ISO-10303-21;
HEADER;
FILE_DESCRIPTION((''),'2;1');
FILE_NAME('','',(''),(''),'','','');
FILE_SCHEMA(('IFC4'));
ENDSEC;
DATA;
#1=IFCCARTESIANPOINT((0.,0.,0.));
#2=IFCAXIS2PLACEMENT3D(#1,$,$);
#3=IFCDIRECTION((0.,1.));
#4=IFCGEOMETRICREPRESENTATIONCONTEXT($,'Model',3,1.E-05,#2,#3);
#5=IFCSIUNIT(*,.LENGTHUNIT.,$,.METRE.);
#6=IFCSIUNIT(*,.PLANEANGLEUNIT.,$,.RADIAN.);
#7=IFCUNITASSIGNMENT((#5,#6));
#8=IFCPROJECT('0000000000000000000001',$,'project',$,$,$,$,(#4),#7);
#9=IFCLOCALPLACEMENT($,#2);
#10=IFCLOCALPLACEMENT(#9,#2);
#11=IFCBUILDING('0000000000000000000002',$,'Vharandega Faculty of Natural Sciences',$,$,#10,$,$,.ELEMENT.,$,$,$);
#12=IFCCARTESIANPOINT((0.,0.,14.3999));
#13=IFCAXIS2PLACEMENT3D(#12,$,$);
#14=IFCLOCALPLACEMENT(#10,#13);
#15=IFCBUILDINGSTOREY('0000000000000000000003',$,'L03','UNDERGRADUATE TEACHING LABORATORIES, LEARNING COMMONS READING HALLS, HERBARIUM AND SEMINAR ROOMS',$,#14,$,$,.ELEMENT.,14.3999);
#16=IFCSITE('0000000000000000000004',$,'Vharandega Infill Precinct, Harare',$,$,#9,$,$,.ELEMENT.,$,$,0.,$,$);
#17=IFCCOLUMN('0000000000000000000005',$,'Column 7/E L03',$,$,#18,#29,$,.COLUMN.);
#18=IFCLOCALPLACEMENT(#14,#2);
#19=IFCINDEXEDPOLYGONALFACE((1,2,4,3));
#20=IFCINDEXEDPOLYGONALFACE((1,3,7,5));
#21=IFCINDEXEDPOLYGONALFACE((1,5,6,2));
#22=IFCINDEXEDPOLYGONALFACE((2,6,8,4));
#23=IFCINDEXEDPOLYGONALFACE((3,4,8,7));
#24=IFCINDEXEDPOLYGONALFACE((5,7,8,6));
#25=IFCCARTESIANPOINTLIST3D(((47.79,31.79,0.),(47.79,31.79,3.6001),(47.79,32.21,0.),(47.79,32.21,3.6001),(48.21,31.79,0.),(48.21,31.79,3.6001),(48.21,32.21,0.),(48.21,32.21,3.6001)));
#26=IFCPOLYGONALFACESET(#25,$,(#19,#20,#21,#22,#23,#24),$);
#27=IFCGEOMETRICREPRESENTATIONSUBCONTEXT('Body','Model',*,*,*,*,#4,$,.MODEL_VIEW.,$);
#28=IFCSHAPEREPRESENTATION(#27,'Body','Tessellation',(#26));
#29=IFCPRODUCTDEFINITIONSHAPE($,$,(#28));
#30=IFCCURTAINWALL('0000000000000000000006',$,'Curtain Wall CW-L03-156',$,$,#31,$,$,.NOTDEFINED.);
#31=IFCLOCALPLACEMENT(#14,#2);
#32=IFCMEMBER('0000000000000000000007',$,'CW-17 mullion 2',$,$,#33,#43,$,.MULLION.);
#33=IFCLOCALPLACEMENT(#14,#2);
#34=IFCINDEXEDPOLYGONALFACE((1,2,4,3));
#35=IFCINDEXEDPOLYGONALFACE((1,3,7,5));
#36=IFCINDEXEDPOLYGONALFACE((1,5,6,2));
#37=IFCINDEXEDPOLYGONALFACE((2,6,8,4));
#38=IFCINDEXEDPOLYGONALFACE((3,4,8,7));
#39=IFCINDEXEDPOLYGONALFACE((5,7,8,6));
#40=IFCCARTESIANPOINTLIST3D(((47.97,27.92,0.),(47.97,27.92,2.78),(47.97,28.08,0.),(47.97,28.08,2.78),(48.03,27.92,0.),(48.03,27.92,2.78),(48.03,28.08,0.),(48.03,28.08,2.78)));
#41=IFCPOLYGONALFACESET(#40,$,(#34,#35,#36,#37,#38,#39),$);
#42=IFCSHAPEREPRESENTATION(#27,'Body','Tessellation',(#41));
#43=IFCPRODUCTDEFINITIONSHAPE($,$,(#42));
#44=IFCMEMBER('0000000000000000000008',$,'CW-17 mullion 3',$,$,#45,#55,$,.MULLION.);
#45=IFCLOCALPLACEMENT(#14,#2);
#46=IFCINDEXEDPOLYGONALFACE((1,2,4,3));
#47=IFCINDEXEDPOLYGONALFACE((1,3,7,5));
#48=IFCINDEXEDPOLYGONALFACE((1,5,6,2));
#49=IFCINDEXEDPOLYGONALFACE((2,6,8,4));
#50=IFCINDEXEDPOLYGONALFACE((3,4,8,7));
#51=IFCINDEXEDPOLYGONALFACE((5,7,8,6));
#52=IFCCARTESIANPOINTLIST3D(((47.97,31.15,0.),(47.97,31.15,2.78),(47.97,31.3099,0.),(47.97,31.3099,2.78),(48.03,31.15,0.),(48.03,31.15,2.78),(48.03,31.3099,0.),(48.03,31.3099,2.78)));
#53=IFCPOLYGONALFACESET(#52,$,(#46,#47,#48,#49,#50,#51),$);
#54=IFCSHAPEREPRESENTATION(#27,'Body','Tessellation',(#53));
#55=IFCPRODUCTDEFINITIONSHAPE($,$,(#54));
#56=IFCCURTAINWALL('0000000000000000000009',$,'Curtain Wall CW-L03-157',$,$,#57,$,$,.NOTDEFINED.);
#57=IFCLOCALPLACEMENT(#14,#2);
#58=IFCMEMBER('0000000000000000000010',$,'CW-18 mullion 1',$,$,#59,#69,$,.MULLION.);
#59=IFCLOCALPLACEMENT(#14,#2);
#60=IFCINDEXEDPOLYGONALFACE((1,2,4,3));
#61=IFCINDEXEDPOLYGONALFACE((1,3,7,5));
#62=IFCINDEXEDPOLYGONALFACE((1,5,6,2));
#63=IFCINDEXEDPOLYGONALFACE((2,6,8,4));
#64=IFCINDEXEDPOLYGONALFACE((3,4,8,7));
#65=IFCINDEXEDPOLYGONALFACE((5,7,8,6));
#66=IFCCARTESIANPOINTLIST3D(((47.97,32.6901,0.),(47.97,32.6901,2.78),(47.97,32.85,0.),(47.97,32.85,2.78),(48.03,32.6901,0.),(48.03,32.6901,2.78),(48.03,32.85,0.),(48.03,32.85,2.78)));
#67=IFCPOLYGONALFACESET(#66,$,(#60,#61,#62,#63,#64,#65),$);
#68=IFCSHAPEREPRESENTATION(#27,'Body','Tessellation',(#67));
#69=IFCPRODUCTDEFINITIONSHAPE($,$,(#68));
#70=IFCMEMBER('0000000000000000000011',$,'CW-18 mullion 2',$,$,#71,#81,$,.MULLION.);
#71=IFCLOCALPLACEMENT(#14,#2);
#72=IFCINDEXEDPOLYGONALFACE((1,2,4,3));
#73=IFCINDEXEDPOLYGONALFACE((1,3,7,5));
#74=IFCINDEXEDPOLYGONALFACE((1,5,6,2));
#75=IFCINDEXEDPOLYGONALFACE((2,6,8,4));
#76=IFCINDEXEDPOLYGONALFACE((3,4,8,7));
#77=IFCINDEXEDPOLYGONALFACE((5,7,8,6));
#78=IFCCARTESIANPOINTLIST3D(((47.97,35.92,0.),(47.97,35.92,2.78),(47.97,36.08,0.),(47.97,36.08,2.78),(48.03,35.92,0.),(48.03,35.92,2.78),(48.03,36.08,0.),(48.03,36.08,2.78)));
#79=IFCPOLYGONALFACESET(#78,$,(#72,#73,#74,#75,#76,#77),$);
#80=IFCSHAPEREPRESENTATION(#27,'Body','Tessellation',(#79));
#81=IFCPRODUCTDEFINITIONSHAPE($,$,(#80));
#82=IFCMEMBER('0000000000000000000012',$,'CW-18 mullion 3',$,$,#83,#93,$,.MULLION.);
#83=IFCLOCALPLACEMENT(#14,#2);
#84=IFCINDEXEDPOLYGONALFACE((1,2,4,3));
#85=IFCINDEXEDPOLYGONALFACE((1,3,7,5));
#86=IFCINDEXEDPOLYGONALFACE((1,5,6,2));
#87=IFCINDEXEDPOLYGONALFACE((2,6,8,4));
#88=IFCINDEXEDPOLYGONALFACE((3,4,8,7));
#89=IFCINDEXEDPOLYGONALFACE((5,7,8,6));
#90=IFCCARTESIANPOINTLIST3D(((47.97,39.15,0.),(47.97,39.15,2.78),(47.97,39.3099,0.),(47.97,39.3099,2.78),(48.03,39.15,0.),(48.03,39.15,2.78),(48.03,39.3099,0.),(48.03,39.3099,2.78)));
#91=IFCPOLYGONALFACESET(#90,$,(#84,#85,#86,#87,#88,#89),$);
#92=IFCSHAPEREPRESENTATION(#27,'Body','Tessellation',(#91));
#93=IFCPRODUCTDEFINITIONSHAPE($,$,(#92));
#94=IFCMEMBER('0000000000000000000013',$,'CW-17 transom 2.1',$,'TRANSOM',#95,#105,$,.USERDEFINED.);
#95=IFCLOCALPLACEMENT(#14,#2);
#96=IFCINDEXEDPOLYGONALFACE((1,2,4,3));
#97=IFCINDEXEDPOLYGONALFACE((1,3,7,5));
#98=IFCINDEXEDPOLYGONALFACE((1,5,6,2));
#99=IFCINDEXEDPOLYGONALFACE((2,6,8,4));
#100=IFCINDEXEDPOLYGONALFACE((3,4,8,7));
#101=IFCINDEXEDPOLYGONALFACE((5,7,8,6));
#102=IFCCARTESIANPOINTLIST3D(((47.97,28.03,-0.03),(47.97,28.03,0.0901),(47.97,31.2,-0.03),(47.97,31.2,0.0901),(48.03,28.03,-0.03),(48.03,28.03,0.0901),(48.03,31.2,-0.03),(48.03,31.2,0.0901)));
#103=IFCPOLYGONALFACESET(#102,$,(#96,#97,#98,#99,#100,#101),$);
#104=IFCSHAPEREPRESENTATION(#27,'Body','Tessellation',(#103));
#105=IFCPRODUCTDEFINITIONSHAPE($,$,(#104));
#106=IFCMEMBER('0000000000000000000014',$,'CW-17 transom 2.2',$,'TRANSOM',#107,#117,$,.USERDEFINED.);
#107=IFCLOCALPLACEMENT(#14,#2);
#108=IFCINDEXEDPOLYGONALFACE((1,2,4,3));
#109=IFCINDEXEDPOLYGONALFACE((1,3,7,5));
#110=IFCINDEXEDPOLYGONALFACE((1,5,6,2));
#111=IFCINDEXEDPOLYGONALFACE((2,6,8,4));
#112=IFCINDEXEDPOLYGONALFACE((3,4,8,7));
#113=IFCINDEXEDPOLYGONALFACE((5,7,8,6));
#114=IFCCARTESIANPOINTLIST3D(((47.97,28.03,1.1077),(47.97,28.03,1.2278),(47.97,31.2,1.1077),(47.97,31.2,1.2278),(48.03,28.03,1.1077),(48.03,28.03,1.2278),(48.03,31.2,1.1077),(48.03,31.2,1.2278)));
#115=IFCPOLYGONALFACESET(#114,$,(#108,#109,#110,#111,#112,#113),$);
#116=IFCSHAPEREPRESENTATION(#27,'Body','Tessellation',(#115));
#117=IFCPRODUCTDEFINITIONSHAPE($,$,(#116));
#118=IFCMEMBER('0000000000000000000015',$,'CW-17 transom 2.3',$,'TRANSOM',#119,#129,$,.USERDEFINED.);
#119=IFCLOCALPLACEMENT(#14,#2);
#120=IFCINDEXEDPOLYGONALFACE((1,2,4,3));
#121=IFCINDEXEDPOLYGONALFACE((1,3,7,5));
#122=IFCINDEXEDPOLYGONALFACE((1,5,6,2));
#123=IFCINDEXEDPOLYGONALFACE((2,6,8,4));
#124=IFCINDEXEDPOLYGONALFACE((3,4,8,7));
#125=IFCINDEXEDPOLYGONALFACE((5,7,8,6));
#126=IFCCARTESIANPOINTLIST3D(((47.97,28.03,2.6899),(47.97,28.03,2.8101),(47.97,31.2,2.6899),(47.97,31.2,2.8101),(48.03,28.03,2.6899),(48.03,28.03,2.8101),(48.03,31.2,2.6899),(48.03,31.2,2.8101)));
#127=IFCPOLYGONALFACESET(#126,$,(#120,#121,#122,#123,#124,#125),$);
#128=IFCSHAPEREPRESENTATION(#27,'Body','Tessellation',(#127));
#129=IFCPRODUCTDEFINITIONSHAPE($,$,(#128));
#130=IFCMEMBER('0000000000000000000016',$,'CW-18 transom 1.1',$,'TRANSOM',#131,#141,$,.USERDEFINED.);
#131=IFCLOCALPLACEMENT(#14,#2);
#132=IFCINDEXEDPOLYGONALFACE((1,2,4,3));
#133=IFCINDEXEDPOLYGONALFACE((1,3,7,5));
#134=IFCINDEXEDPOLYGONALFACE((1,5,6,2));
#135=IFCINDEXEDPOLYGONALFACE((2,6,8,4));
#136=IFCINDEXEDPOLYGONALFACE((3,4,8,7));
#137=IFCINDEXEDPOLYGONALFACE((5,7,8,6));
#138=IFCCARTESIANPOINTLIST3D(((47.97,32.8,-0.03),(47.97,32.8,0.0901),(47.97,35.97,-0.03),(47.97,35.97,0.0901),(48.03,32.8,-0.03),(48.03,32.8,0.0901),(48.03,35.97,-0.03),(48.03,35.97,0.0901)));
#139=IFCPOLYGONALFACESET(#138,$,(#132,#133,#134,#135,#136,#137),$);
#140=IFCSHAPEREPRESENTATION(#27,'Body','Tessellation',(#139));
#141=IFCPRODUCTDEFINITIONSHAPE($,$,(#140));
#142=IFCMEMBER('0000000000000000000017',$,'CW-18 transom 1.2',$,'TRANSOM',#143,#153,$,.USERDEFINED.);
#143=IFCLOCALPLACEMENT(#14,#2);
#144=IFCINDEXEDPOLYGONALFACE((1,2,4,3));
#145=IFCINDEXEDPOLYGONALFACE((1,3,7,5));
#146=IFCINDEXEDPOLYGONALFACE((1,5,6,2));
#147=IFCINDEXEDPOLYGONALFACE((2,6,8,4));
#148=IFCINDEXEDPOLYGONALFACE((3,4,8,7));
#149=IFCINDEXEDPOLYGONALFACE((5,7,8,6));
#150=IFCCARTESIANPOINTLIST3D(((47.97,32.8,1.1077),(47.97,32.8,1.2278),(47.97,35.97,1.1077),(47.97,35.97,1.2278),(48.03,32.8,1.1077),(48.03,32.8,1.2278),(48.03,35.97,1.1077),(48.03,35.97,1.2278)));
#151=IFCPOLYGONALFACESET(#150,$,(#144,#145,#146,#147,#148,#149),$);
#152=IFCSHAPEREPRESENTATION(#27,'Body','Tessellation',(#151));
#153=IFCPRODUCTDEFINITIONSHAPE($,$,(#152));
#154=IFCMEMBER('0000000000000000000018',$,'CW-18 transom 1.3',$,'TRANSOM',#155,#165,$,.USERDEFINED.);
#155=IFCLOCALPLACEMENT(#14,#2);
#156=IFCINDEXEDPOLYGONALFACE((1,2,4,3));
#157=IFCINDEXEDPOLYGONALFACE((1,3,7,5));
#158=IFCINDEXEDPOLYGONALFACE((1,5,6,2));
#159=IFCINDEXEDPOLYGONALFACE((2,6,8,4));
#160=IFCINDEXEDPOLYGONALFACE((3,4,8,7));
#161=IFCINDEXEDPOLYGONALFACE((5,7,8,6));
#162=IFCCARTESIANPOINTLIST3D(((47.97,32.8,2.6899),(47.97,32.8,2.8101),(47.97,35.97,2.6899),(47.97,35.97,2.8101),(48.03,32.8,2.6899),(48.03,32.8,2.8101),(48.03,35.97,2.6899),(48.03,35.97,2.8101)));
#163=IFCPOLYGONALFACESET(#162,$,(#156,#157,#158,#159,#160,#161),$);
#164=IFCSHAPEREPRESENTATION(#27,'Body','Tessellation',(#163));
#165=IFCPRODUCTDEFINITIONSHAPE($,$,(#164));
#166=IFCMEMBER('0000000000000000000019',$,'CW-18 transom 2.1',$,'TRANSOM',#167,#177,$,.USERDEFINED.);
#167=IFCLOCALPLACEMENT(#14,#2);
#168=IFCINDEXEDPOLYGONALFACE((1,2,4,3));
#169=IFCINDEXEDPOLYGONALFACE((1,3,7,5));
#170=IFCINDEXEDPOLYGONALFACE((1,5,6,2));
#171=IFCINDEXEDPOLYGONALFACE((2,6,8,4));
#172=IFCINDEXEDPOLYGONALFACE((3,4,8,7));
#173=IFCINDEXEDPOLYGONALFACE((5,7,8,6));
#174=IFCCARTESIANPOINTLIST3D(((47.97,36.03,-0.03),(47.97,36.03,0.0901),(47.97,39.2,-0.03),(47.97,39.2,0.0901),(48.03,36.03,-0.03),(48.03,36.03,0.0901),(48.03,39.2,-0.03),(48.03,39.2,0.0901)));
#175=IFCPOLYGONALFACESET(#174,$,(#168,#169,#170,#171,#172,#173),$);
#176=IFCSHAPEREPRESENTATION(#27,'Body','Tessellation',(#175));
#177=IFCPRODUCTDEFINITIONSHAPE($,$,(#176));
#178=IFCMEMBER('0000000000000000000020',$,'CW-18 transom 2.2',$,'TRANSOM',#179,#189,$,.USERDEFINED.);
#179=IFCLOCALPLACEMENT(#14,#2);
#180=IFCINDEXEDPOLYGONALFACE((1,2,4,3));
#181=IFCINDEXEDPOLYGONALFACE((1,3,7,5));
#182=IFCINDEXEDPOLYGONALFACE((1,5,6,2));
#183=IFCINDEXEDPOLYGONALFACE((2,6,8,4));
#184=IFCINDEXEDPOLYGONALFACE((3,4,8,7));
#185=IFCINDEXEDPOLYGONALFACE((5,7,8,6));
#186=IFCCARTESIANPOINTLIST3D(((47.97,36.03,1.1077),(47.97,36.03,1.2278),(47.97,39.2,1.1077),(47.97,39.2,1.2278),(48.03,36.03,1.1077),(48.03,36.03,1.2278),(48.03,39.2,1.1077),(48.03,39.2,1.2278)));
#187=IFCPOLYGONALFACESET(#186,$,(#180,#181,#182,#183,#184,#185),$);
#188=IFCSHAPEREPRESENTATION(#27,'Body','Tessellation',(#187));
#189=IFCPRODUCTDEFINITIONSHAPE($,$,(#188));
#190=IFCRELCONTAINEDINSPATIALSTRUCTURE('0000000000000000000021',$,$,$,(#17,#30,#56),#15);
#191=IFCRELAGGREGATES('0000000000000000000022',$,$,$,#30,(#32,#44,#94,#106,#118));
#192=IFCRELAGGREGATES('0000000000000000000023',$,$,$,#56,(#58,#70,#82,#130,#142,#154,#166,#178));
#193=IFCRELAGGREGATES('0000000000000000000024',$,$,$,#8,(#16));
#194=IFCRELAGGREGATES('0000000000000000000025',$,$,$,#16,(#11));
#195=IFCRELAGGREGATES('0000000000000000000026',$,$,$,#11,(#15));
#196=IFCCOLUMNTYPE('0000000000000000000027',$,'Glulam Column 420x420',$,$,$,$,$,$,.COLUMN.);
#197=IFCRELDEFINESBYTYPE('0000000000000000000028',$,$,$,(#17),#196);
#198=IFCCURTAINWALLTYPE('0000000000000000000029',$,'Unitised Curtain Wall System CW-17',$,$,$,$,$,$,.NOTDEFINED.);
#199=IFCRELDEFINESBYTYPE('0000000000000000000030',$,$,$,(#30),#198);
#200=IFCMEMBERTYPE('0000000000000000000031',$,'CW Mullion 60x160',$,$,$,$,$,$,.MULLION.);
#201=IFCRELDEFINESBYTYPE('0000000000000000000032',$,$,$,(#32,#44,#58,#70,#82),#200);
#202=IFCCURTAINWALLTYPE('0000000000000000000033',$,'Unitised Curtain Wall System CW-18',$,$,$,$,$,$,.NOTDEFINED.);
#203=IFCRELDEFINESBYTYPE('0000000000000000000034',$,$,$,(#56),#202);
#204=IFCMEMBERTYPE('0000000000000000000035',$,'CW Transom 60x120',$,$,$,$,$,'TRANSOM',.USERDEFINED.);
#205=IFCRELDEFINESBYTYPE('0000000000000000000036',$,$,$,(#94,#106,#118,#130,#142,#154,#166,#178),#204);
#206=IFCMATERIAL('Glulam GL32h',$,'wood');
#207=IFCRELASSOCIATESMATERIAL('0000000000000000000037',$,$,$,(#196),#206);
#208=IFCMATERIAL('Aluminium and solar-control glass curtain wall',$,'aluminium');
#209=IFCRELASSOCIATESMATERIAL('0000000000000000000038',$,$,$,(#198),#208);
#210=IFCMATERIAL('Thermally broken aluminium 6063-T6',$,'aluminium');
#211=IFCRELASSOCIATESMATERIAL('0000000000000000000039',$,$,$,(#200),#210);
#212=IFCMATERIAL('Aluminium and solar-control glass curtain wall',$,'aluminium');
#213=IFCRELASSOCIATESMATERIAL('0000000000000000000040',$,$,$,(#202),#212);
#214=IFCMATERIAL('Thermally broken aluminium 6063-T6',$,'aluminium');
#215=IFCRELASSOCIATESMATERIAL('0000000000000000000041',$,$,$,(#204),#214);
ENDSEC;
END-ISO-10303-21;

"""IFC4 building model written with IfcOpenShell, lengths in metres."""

from ifc_helpers import new_model, si_unit, direction, frame, origin, origin_2d, place, context, subcontext, project, spatial, rectangle, extrude, material, material_profile, profile_set, type_object, element, aggregate, save


model = new_model("IFC4")

# Units and contexts
model_context = context("Model", 3, precision=1e-05, world=origin(), true_north=direction((0.0, 1.0)))
body_context = subcontext(model_context, "Body", "Model", "MODEL_VIEW")
ifc_project = project(units=[si_unit("LENGTHUNIT", "METRE"), si_unit("PLANEANGLEUNIT", "RADIAN")], contexts=[model_context])

# Site, building, storey
site_placement = place(None, origin())
site = spatial("IfcSite", under=ifc_project, at=site_placement, Name="Vharandega Infill Precinct, Harare", CompositionType="ELEMENT", RefElevation=0.0)
building_placement = place(site_placement, origin())
building = spatial("IfcBuilding", under=site, at=building_placement, Name="Vharandega Faculty of Natural Sciences", CompositionType="ELEMENT")
storey_placement = place(building_placement, frame((0.0, 0.0, 14.3999)))
storey = spatial("IfcBuildingStorey", under=building, at=storey_placement, Name="L03", Description="UNDERGRADUATE TEACHING LABORATORIES, LEARNING COMMONS READING HALLS, HERBARIUM AND SEMINAR ROOMS", CompositionType="ELEMENT", Elevation=14.3999)

# Column
ifc_material_1 = material(Name="Glulam GL32h", Category="wood")
ifc_material_profile_1 = material_profile(ifc_material_1, rectangle(XDim=0.4199, YDim=0.4199, at=origin_2d()), Name="GL32h 420x420")
ifc_profile_set_1 = profile_set([ifc_material_profile_1], Name="Glulam GL32h")
column_type = type_object("IfcColumnType", Name="Glulam Column 420x420", PredefinedType="COLUMN", material=ifc_profile_set_1)
column_placement = place(storey_placement, frame((48.0, 32.0, 0.0), z_axis=(0.0, 0.0, 1.0), x_axis=(1.0, 0.0, 0.0)))
element("IfcColumn", 1, at=column_placement, inside=storey, type_object=column_type, Name="Column 7/E L03", PredefinedType="COLUMN", context=body_context, shape_type="SweptSolid", body=[
    extrude(rectangle(XDim=0.4199, YDim=0.4199, at=origin_2d()), origin(), (0.0, 0.0, 1.0), 3.6001),
])

# Curtain walls, members
ifc_material_2 = material(Name="Aluminium and solar-control glass curtain wall", Category="aluminium")
curtain_wall_type_1 = type_object("IfcCurtainWallType", Name="Unitised Curtain Wall System CW-17", PredefinedType="NOTDEFINED", material=ifc_material_2)
curtain_wall_1_placement = place(storey_placement, origin())
curtain_wall_1 = element("IfcCurtainWall", 2, at=curtain_wall_1_placement, inside=storey, type_object=curtain_wall_type_1, Name="Curtain Wall CW-L03-156", PredefinedType="NOTDEFINED")
ifc_material_3 = material(Name="Thermally broken aluminium 6063-T6", Category="aluminium")
ifc_material_profile_2 = material_profile(ifc_material_3, rectangle(XDim=0.0601, YDim=0.1599, at=origin_2d()), Name="ALU 60x160")
ifc_profile_set_2 = profile_set([ifc_material_profile_2], Name="Thermally broken aluminium 6063-T6")
member_type_1 = type_object("IfcMemberType", Name="CW Mullion 60x160", PredefinedType="MULLION", material=ifc_profile_set_2)
member_1_placement = place(storey_placement, frame((48.0, 28.0, 0.0), z_axis=(0.0, 0.0, 1.0), x_axis=(-1.0, 0.0, 0.0)))
member_1 = element("IfcMember", 3, at=member_1_placement, type_object=member_type_1, Name="CW-17 mullion 2", PredefinedType="MULLION", context=body_context, shape_type="SweptSolid", body=[
    extrude(rectangle(XDim=0.0601, YDim=0.1599, at=origin_2d()), origin(), (0.0, 0.0, 1.0), 2.78),
])
member_2_placement = place(storey_placement, frame((48.0, 31.23, 0.0), z_axis=(0.0, 0.0, 1.0), x_axis=(-1.0, 0.0, 0.0)))
member_2 = element("IfcMember", 4, at=member_2_placement, type_object=member_type_1, Name="CW-17 mullion 3", PredefinedType="MULLION", context=body_context, shape_type="SweptSolid", body=[
    extrude(rectangle(XDim=0.0601, YDim=0.1599, at=origin_2d()), origin(), (0.0, 0.0, 1.0), 2.78),
])
ifc_material_4 = material(Name="Aluminium and solar-control glass curtain wall", Category="aluminium")
curtain_wall_type_2 = type_object("IfcCurtainWallType", Name="Unitised Curtain Wall System CW-18", PredefinedType="NOTDEFINED", material=ifc_material_4)
curtain_wall_2_placement = place(storey_placement, origin())
curtain_wall_2 = element("IfcCurtainWall", 5, at=curtain_wall_2_placement, inside=storey, type_object=curtain_wall_type_2, Name="Curtain Wall CW-L03-157", PredefinedType="NOTDEFINED")
member_3_placement = place(storey_placement, frame((48.0, 32.77, 0.0), z_axis=(0.0, 0.0, 1.0), x_axis=(-1.0, 0.0, 0.0)))
member_3 = element("IfcMember", 6, at=member_3_placement, type_object=member_type_1, Name="CW-18 mullion 1", PredefinedType="MULLION", context=body_context, shape_type="SweptSolid", body=[
    extrude(rectangle(XDim=0.0601, YDim=0.1599, at=origin_2d()), origin(), (0.0, 0.0, 1.0), 2.78),
])
member_4_placement = place(storey_placement, frame((48.0, 36.0, 0.0), z_axis=(0.0, 0.0, 1.0), x_axis=(-1.0, 0.0, 0.0)))
member_4 = element("IfcMember", 7, at=member_4_placement, type_object=member_type_1, Name="CW-18 mullion 2", PredefinedType="MULLION", context=body_context, shape_type="SweptSolid", body=[
    extrude(rectangle(XDim=0.0601, YDim=0.1599, at=origin_2d()), origin(), (0.0, 0.0, 1.0), 2.78),
])
member_5_placement = place(storey_placement, frame((48.0, 39.23, 0.0), z_axis=(0.0, 0.0, 1.0), x_axis=(-1.0, 0.0, 0.0)))
member_5 = element("IfcMember", 8, at=member_5_placement, type_object=member_type_1, Name="CW-18 mullion 3", PredefinedType="MULLION", context=body_context, shape_type="SweptSolid", body=[
    extrude(rectangle(XDim=0.0601, YDim=0.1599, at=origin_2d()), origin(), (0.0, 0.0, 1.0), 2.78),
])

# Members
ifc_material_5 = material(Name="Thermally broken aluminium 6063-T6", Category="aluminium")
ifc_material_profile_3 = material_profile(ifc_material_5, rectangle(XDim=0.0601, YDim=0.1201, at=origin_2d()), Name="ALU 60x120")
ifc_profile_set_3 = profile_set([ifc_material_profile_3], Name="Thermally broken aluminium 6063-T6")
member_type_2 = type_object("IfcMemberType", Name="CW Transom 60x120", ElementType="TRANSOM", PredefinedType="USERDEFINED", material=ifc_profile_set_3)
member_6_placement = place(storey_placement, frame((48.0, 28.03, 0.03), z_axis=(0.0, 1.0, 0.0), x_axis=(-1.0, 0.0, 0.0)))
member_6 = element("IfcMember", 9, at=member_6_placement, type_object=member_type_2, Name="CW-17 transom 2.1", ObjectType="TRANSOM", PredefinedType="USERDEFINED", context=body_context, shape_type="SweptSolid", body=[
    extrude(rectangle(XDim=0.0601, YDim=0.1201, at=origin_2d()), origin(), (0.0, 0.0, 1.0), 3.1699),
])
member_7_placement = place(storey_placement, frame((48.0, 28.03, 1.1677), z_axis=(0.0, 1.0, 0.0), x_axis=(-1.0, 0.0, 0.0)))
member_7 = element("IfcMember", 10, at=member_7_placement, type_object=member_type_2, Name="CW-17 transom 2.2", ObjectType="TRANSOM", PredefinedType="USERDEFINED", context=body_context, shape_type="SweptSolid", body=[
    extrude(rectangle(XDim=0.0601, YDim=0.1201, at=origin_2d()), origin(), (0.0, 0.0, 1.0), 3.1699),
])
member_8_placement = place(storey_placement, frame((48.0, 28.03, 2.75), z_axis=(0.0, 1.0, 0.0), x_axis=(-1.0, 0.0, 0.0)))
member_8 = element("IfcMember", 11, at=member_8_placement, type_object=member_type_2, Name="CW-17 transom 2.3", ObjectType="TRANSOM", PredefinedType="USERDEFINED", context=body_context, shape_type="SweptSolid", body=[
    extrude(rectangle(XDim=0.0601, YDim=0.1201, at=origin_2d()), origin(), (0.0, 0.0, 1.0), 3.1699),
])
member_9_placement = place(storey_placement, frame((48.0, 32.8, 0.03), z_axis=(0.0, 1.0, 0.0), x_axis=(-1.0, 0.0, 0.0)))
member_9 = element("IfcMember", 12, at=member_9_placement, type_object=member_type_2, Name="CW-18 transom 1.1", ObjectType="TRANSOM", PredefinedType="USERDEFINED", context=body_context, shape_type="SweptSolid", body=[
    extrude(rectangle(XDim=0.0601, YDim=0.1201, at=origin_2d()), origin(), (0.0, 0.0, 1.0), 3.1699),
])
member_10_placement = place(storey_placement, frame((48.0, 32.8, 1.1677), z_axis=(0.0, 1.0, 0.0), x_axis=(-1.0, 0.0, 0.0)))
member_10 = element("IfcMember", 13, at=member_10_placement, type_object=member_type_2, Name="CW-18 transom 1.2", ObjectType="TRANSOM", PredefinedType="USERDEFINED", context=body_context, shape_type="SweptSolid", body=[
    extrude(rectangle(XDim=0.0601, YDim=0.1201, at=origin_2d()), origin(), (0.0, 0.0, 1.0), 3.1699),
])
member_11_placement = place(storey_placement, frame((48.0, 32.8, 2.75), z_axis=(0.0, 1.0, 0.0), x_axis=(-1.0, 0.0, 0.0)))
member_11 = element("IfcMember", 14, at=member_11_placement, type_object=member_type_2, Name="CW-18 transom 1.3", ObjectType="TRANSOM", PredefinedType="USERDEFINED", context=body_context, shape_type="SweptSolid", body=[
    extrude(rectangle(XDim=0.0601, YDim=0.1201, at=origin_2d()), origin(), (0.0, 0.0, 1.0), 3.1699),
])
member_12_placement = place(storey_placement, frame((48.0, 36.03, 0.03), z_axis=(0.0, 1.0, 0.0), x_axis=(-1.0, 0.0, 0.0)))
member_12 = element("IfcMember", 15, at=member_12_placement, type_object=member_type_2, Name="CW-18 transom 2.1", ObjectType="TRANSOM", PredefinedType="USERDEFINED", context=body_context, shape_type="SweptSolid", body=[
    extrude(rectangle(XDim=0.0601, YDim=0.1201, at=origin_2d()), origin(), (0.0, 0.0, 1.0), 3.1699),
])
member_13_placement = place(storey_placement, frame((48.0, 36.03, 1.1677), z_axis=(0.0, 1.0, 0.0), x_axis=(-1.0, 0.0, 0.0)))
member_13 = element("IfcMember", 16, at=member_13_placement, type_object=member_type_2, Name="CW-18 transom 2.2", ObjectType="TRANSOM", PredefinedType="USERDEFINED", context=body_context, shape_type="SweptSolid", body=[
    extrude(rectangle(XDim=0.0601, YDim=0.1201, at=origin_2d()), origin(), (0.0, 0.0, 1.0), 3.1699),
])

aggregate(curtain_wall_1, [member_1, member_2, member_6, member_7, member_8])
aggregate(curtain_wall_2, [member_3, member_4, member_5, member_9, member_10, member_11, member_12, member_13])

save(model, "model.ifc")
